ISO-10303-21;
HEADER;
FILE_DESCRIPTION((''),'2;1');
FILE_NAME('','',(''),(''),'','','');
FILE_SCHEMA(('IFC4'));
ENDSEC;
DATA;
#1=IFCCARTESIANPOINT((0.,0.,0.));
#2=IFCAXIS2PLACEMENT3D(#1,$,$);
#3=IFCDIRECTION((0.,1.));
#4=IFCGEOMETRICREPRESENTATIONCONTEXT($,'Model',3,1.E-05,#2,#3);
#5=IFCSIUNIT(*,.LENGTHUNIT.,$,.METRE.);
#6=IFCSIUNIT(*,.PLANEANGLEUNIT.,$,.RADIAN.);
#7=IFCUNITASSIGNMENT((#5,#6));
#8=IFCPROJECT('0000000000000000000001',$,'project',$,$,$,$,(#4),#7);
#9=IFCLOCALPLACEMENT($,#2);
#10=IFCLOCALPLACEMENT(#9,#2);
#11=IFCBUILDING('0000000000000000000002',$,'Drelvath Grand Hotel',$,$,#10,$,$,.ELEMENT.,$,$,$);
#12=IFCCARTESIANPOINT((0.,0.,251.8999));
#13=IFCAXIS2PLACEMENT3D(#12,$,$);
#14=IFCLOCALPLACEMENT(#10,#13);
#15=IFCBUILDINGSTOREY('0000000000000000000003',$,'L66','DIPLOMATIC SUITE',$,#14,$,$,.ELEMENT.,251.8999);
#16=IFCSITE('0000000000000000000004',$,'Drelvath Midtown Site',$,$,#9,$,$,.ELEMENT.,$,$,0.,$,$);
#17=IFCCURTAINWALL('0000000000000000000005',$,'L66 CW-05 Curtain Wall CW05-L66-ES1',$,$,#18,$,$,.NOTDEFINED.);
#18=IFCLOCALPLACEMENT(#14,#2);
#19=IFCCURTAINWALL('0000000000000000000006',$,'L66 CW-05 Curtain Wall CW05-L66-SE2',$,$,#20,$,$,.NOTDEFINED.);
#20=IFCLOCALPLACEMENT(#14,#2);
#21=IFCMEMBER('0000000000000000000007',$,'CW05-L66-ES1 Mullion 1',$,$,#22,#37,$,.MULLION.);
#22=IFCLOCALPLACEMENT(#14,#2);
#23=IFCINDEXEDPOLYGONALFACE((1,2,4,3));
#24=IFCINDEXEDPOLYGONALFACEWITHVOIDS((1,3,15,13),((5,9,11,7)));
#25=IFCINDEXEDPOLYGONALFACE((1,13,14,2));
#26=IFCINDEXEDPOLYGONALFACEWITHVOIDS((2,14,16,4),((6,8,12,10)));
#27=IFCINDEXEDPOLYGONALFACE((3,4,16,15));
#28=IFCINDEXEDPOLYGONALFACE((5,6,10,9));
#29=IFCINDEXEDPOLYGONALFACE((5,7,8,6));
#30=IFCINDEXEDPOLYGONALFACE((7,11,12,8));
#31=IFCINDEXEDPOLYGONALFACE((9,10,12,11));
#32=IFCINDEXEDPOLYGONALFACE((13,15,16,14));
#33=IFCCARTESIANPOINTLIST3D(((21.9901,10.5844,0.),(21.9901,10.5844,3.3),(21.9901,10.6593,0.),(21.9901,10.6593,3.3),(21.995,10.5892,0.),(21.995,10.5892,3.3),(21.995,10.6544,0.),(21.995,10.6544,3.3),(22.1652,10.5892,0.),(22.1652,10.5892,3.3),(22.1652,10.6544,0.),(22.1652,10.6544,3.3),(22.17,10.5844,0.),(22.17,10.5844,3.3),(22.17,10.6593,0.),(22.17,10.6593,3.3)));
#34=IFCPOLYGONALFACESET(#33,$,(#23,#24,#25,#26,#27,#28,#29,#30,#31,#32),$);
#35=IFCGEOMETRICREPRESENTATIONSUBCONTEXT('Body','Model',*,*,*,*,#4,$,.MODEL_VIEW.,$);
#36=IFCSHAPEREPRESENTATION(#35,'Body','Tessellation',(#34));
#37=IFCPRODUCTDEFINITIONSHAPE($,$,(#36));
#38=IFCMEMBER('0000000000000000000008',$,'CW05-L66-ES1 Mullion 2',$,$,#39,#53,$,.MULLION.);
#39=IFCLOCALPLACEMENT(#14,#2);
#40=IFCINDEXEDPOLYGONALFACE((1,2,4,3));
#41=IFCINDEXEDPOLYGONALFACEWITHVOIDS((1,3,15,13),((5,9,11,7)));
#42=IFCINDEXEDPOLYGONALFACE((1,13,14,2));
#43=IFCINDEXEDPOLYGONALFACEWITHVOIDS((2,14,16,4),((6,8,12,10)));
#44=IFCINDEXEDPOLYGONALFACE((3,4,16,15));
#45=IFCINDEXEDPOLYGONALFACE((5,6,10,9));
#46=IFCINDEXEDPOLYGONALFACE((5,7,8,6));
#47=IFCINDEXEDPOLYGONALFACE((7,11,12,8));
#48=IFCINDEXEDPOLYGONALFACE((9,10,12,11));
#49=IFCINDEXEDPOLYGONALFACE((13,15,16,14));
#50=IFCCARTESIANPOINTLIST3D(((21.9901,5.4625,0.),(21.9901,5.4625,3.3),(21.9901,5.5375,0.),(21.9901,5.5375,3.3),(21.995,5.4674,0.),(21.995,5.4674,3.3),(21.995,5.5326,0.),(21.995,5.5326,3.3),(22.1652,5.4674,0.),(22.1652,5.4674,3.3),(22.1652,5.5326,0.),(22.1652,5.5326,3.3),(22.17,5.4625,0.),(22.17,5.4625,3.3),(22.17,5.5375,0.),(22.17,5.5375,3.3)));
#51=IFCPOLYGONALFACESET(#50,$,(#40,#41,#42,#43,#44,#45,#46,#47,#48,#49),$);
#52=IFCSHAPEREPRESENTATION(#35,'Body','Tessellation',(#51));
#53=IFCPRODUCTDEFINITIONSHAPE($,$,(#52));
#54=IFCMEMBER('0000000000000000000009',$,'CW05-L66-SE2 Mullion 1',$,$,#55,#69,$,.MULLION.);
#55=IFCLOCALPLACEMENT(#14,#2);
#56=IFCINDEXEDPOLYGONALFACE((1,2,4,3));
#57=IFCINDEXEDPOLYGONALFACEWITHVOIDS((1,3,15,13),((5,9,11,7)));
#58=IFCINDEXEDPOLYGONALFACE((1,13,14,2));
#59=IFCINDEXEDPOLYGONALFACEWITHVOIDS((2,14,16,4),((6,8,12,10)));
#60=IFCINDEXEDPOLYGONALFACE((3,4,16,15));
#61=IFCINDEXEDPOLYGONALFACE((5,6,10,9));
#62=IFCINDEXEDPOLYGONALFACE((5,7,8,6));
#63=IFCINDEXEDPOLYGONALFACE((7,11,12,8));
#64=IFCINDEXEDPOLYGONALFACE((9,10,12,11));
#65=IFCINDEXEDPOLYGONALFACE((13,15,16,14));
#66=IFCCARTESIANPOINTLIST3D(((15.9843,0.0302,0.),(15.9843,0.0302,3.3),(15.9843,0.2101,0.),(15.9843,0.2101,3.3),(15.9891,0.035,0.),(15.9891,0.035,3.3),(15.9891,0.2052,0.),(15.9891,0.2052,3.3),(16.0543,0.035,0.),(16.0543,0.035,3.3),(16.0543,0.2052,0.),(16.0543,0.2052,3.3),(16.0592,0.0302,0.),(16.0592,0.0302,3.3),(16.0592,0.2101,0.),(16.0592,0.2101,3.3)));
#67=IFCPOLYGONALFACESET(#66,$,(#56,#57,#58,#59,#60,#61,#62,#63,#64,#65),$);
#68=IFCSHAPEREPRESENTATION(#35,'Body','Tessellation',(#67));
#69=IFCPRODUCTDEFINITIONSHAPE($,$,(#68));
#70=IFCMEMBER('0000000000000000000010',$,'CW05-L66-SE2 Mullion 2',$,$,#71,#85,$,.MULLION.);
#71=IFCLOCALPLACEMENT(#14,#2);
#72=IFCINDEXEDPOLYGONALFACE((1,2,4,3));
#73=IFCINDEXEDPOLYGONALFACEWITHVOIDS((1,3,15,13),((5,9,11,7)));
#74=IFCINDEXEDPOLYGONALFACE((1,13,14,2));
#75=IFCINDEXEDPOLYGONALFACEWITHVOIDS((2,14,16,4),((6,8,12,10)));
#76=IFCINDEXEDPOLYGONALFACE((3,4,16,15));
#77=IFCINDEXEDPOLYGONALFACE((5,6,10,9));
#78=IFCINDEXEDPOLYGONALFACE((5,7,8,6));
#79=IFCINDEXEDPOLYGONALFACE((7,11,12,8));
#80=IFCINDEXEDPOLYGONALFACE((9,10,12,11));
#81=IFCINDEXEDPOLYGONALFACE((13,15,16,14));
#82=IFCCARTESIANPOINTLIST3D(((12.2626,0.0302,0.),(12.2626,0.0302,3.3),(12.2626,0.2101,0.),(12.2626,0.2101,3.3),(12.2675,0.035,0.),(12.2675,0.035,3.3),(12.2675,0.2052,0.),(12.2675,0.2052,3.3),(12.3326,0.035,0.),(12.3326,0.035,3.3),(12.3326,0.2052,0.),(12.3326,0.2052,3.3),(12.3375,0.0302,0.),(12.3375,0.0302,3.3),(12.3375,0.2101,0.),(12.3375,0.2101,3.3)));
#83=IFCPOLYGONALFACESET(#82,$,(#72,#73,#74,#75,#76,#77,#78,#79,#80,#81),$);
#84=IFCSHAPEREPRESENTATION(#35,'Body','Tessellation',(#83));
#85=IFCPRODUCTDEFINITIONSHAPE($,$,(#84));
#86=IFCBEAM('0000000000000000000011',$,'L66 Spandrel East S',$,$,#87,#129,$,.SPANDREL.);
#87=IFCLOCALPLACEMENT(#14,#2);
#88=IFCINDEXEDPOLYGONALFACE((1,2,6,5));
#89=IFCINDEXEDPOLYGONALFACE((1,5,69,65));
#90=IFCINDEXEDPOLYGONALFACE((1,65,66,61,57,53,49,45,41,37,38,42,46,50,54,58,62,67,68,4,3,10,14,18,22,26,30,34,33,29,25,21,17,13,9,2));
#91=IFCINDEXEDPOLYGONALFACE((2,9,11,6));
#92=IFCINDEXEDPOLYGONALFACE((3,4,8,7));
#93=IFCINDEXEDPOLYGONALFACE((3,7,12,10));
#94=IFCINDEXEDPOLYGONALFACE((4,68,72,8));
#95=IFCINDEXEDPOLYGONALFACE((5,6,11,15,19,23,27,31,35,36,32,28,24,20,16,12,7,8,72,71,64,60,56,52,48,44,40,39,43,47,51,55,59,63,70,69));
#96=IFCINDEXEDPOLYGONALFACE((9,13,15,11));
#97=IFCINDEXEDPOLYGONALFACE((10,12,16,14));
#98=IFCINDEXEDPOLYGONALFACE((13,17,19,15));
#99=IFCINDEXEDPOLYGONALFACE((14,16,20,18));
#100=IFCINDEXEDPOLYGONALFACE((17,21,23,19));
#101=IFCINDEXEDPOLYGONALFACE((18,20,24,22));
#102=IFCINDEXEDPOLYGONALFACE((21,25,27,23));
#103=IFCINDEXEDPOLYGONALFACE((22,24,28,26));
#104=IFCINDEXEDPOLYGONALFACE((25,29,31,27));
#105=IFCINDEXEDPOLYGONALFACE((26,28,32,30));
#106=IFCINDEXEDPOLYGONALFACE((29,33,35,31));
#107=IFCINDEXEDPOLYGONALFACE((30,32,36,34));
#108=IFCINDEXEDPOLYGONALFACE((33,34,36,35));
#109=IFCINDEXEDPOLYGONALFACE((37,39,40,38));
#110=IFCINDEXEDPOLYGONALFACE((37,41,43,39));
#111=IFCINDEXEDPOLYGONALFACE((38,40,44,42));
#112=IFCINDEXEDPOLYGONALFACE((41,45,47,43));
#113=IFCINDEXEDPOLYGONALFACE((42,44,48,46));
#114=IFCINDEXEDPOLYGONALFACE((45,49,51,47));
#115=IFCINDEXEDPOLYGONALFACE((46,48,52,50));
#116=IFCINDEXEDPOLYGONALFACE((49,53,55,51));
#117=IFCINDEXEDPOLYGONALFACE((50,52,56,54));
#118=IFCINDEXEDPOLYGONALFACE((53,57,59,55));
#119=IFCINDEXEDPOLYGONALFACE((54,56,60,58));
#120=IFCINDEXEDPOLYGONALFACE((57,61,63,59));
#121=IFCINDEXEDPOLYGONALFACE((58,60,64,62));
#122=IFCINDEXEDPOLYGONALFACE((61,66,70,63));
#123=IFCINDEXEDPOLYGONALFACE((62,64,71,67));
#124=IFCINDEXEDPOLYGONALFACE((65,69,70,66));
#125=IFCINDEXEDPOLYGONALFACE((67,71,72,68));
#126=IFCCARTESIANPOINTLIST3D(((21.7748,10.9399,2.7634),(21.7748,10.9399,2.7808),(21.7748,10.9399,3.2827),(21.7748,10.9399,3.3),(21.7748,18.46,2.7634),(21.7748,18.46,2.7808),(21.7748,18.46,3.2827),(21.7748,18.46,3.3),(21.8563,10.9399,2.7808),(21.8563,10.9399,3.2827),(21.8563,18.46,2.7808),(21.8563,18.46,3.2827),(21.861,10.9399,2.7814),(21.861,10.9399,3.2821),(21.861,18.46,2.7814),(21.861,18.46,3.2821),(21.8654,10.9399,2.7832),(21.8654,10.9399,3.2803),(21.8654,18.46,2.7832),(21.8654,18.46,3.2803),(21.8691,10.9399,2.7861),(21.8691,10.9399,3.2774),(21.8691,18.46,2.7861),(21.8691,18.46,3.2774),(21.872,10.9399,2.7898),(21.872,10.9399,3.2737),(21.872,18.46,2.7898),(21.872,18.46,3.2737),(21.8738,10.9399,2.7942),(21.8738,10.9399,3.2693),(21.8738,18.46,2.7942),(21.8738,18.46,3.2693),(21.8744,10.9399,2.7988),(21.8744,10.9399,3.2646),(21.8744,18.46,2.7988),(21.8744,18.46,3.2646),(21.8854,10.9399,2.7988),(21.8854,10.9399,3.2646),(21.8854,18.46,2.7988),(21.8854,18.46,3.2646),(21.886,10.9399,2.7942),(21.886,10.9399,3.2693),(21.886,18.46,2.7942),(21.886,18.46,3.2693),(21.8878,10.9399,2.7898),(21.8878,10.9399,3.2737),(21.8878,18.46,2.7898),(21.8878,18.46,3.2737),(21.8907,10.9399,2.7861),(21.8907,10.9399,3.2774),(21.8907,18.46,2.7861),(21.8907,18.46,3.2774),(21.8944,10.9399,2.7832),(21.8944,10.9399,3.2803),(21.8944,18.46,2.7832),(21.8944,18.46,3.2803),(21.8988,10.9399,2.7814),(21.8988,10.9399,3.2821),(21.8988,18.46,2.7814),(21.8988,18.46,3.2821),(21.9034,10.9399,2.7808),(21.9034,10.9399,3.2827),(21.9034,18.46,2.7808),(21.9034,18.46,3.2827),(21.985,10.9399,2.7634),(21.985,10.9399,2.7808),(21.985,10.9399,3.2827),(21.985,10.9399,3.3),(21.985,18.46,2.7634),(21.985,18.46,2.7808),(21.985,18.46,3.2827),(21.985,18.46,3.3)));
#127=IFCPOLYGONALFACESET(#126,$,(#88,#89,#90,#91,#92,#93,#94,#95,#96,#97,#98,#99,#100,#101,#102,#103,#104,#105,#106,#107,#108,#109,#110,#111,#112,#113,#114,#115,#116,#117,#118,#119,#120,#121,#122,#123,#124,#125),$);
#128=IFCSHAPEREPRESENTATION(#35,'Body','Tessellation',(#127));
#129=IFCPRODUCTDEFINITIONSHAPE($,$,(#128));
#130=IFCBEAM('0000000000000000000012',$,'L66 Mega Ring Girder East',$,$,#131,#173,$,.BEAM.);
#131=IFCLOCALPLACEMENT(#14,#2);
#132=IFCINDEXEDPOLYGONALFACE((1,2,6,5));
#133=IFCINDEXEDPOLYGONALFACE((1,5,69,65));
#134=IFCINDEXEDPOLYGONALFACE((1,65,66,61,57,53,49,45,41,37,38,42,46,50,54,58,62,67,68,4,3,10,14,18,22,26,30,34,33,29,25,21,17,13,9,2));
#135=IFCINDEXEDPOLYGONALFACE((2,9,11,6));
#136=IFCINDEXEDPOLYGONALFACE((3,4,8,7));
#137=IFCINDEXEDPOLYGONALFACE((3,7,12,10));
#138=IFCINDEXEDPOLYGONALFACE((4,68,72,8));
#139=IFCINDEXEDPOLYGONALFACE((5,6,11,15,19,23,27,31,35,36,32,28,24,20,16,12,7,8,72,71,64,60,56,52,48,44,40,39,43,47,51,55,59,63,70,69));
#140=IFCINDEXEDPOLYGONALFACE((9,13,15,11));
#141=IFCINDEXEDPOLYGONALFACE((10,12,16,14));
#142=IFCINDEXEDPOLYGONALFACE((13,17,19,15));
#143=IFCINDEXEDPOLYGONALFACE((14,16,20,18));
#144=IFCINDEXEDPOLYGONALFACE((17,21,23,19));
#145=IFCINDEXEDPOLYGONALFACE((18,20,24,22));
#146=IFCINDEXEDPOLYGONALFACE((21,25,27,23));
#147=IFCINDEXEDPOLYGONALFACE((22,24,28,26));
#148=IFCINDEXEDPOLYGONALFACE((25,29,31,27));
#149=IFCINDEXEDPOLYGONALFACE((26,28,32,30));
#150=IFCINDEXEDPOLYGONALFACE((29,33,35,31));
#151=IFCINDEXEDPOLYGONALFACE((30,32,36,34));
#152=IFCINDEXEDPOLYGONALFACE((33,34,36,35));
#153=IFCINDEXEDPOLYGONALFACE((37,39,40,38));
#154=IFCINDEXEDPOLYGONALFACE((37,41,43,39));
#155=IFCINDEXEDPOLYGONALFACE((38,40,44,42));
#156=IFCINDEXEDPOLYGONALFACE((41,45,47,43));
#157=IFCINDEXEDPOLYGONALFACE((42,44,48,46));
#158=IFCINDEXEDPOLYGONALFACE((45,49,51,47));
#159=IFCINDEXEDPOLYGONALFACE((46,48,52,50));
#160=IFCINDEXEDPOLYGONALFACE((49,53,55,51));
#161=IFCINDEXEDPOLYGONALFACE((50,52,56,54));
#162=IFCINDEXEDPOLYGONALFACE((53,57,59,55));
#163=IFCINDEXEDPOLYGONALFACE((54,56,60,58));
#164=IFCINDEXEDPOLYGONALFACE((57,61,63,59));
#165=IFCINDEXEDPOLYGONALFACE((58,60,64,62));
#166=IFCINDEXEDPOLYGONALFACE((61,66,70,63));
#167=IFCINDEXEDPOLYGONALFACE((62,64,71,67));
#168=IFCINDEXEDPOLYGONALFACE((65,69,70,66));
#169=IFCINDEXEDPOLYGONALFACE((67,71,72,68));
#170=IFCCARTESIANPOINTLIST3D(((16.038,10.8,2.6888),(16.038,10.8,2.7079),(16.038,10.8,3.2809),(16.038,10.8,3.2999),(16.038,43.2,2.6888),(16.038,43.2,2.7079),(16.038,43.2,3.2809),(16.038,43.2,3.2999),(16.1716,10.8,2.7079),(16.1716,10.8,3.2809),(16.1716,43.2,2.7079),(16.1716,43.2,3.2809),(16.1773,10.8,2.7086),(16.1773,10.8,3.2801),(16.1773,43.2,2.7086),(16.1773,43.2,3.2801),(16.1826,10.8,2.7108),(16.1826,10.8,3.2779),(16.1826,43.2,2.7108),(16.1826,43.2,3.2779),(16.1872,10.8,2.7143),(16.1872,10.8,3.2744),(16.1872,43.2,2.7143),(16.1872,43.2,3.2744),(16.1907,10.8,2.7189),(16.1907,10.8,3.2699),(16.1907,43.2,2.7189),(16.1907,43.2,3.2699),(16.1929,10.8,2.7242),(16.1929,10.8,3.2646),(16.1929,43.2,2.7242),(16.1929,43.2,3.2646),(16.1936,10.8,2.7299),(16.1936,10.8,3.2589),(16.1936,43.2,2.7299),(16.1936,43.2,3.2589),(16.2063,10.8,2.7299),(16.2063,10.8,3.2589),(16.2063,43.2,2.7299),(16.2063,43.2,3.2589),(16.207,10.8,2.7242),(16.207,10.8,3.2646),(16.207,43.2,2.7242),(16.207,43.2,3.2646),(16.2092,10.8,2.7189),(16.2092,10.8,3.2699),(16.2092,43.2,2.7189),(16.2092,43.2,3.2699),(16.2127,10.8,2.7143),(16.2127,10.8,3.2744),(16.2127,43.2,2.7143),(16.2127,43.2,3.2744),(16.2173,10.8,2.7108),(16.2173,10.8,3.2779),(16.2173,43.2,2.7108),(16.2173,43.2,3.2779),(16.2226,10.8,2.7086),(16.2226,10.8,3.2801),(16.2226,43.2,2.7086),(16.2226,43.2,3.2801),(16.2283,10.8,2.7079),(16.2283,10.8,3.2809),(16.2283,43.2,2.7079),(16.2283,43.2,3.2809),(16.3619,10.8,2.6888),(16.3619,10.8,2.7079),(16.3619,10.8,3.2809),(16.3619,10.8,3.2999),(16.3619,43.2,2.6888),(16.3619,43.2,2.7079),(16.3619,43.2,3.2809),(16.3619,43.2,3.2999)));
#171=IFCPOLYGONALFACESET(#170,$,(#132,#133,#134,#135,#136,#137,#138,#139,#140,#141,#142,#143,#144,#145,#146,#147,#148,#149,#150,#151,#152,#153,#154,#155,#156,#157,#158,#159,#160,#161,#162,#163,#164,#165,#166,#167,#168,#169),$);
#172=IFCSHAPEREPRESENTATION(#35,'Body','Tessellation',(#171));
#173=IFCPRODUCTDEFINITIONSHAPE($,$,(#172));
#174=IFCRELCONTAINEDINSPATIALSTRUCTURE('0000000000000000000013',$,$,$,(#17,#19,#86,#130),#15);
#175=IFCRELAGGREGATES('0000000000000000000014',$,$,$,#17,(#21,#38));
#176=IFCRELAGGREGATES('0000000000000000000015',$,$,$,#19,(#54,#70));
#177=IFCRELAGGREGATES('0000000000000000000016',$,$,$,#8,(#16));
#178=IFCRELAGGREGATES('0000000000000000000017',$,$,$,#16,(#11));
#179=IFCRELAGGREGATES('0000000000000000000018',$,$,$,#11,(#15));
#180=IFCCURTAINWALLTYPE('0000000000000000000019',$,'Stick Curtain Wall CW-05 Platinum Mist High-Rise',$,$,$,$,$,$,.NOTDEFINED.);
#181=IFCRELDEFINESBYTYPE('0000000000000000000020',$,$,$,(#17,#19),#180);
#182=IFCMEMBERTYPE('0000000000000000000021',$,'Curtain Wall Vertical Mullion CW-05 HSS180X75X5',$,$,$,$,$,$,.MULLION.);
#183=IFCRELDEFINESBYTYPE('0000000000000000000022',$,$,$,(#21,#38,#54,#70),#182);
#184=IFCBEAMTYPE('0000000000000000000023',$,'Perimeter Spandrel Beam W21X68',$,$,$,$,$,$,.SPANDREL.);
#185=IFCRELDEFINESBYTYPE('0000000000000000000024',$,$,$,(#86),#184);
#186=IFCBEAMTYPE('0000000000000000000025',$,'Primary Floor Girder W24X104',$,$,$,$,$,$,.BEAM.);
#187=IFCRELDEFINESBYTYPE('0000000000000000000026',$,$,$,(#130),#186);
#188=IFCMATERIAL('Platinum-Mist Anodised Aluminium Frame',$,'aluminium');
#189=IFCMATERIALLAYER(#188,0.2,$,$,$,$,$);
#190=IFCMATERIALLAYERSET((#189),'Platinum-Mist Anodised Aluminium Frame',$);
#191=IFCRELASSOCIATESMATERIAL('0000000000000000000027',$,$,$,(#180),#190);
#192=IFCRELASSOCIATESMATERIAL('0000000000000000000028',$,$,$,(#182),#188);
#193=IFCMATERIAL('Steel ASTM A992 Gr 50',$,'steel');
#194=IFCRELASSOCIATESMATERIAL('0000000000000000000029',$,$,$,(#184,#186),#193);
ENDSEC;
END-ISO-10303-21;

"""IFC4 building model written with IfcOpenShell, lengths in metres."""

from ifc_helpers import new_model, si_unit, direction, frame, origin, origin_2d, place, context, subcontext, project, spatial, hollow_rectangle, i_section, extrude, material, layer, layer_set, material_profile, profile_set, type_object, element, aggregate, save


model = new_model("IFC4")

# Units and contexts
model_context = context("Model", 3, precision=1e-05, world=origin(), true_north=direction((0.0, 1.0)))
body_context = subcontext(model_context, "Body", "Model", "MODEL_VIEW")
ifc_project = project(units=[si_unit("LENGTHUNIT", "METRE"), si_unit("PLANEANGLEUNIT", "RADIAN")], contexts=[model_context])

# Site, building, storey
site_placement = place(None, origin())
site = spatial("IfcSite", under=ifc_project, at=site_placement, Name="Drelvath Midtown Site", CompositionType="ELEMENT", RefElevation=0.0)
building_placement = place(site_placement, origin())
building = spatial("IfcBuilding", under=site, at=building_placement, Name="Drelvath Grand Hotel", CompositionType="ELEMENT")
storey_placement = place(building_placement, frame((0.0, 0.0, 251.8999)))
storey = spatial("IfcBuildingStorey", under=building, at=storey_placement, Name="L66", Description="DIPLOMATIC SUITE", CompositionType="ELEMENT", Elevation=251.8999)

# Shared definitions
ifc_material_1 = material(Name="Steel ASTM A992 Gr 50", Category="steel")

# Curtain walls
ifc_material_2 = material(Name="Platinum-Mist Anodised Aluminium Frame", Category="aluminium")
ifc_layer_1 = layer(ifc_material_2, 0.2)
ifc_layer_set_1 = layer_set([ifc_layer_1], Name="Platinum-Mist Anodised Aluminium Frame")
curtain_wall_type = type_object("IfcCurtainWallType", Name="Stick Curtain Wall CW-05 Platinum Mist High-Rise", PredefinedType="NOTDEFINED", material=ifc_layer_set_1)
curtain_wall_1_placement = place(storey_placement, origin())
curtain_wall_1 = element("IfcCurtainWall", 1, at=curtain_wall_1_placement, inside=storey, type_object=curtain_wall_type, Name="L66 CW-05 Curtain Wall CW05-L66-ES1", PredefinedType="NOTDEFINED")
curtain_wall_2_placement = place(storey_placement, origin())
curtain_wall_2 = element("IfcCurtainWall", 2, at=curtain_wall_2_placement, inside=storey, type_object=curtain_wall_type, Name="L66 CW-05 Curtain Wall CW05-L66-SE2", PredefinedType="NOTDEFINED")

# Members
ifc_material_profile_1 = material_profile(ifc_material_2, hollow_rectangle(XDim=0.075, YDim=0.1799, WallThickness=0.0049, at=origin_2d()), Name="HSS180X75X5")
ifc_profile_set_1 = profile_set([ifc_material_profile_1], Name="Platinum-Mist Anodised Aluminium Frame")
member_type_1 = type_object("IfcMemberType", Name="Curtain Wall Vertical Mullion CW-05 HSS180X75X5", PredefinedType="MULLION", material=ifc_profile_set_1)
member_1_placement = place(storey_placement, frame((22.0801, 10.6218, 0.0), z_axis=(0.0, 0.0, 1.0), x_axis=(0.0, 1.0, 0.0)))
member_1 = element("IfcMember", 3, at=member_1_placement, type_object=member_type_1, Name="CW05-L66-ES1 Mullion 1", PredefinedType="MULLION", context=body_context, shape_type="SweptSolid", body=[
    extrude(hollow_rectangle(XDim=0.075, YDim=0.1799, WallThickness=0.0049, at=origin_2d()), origin(), (0.0, 0.0, 1.0), 3.3),
])
member_2_placement = place(storey_placement, frame((22.0801, 5.5, 0.0), z_axis=(0.0, 0.0, 1.0), x_axis=(0.0, 1.0, 0.0)))
member_2 = element("IfcMember", 4, at=member_2_placement, type_object=member_type_1, Name="CW05-L66-ES1 Mullion 2", PredefinedType="MULLION", context=body_context, shape_type="SweptSolid", body=[
    extrude(hollow_rectangle(XDim=0.075, YDim=0.1799, WallThickness=0.0049, at=origin_2d()), origin(), (0.0, 0.0, 1.0), 3.3),
])
member_3_placement = place(storey_placement, frame((16.0217, 0.1201, 0.0), z_axis=(0.0, 0.0, 1.0), x_axis=(1.0, 0.0, 0.0)))
member_3 = element("IfcMember", 5, at=member_3_placement, type_object=member_type_1, Name="CW05-L66-SE2 Mullion 1", PredefinedType="MULLION", context=body_context, shape_type="SweptSolid", body=[
    extrude(hollow_rectangle(XDim=0.075, YDim=0.1799, WallThickness=0.0049, at=origin_2d()), origin(), (0.0, 0.0, 1.0), 3.3),
])
member_4_placement = place(storey_placement, frame((12.3, 0.1201, 0.0), z_axis=(0.0, 0.0, 1.0), x_axis=(1.0, 0.0, 0.0)))
member_4 = element("IfcMember", 6, at=member_4_placement, type_object=member_type_1, Name="CW05-L66-SE2 Mullion 2", PredefinedType="MULLION", context=body_context, shape_type="SweptSolid", body=[
    extrude(hollow_rectangle(XDim=0.075, YDim=0.1799, WallThickness=0.0049, at=origin_2d()), origin(), (0.0, 0.0, 1.0), 3.3),
])

# Beams
ifc_material_profile_2 = material_profile(ifc_material_1, i_section(OverallWidth=0.2102, OverallDepth=0.5366, WebThickness=0.011, FlangeThickness=0.0173, FilletRadius=0.0181, at=origin_2d()), Name="W21X68")
ifc_profile_set_2 = profile_set([ifc_material_profile_2], Name="Steel ASTM A992 Gr 50")
beam_type_1 = type_object("IfcBeamType", Name="Perimeter Spandrel Beam W21X68", PredefinedType="SPANDREL", material=ifc_profile_set_2)
beam_1_placement = place(storey_placement, frame((21.8799, 10.9399, 3.0317), z_axis=(0.0, 1.0, 0.0), x_axis=(-1.0, 0.0, 0.0)))
element("IfcBeam", 7, at=beam_1_placement, inside=storey, type_object=beam_type_1, Name="L66 Spandrel East S", PredefinedType="SPANDREL", context=body_context, shape_type="SweptSolid", body=[
    extrude(i_section(OverallWidth=0.2102, OverallDepth=0.5366, WebThickness=0.011, FlangeThickness=0.0173, FilletRadius=0.0181, at=origin_2d()), origin(), (0.0, 0.0, 1.0), 7.52),
])
ifc_material_profile_3 = material_profile(ifc_material_1, i_section(OverallWidth=0.324, OverallDepth=0.6111, WebThickness=0.0127, FlangeThickness=0.019, FilletRadius=0.022, at=origin_2d()), Name="W24X104")
ifc_profile_set_3 = profile_set([ifc_material_profile_3], Name="Steel ASTM A992 Gr 50")
beam_type_2 = type_object("IfcBeamType", Name="Primary Floor Girder W24X104", PredefinedType="BEAM", material=ifc_profile_set_3)
beam_2_placement = place(storey_placement, frame((16.2, 10.8, 2.9944), z_axis=(0.0, 1.0, 0.0), x_axis=(-1.0, 0.0, 0.0)))
element("IfcBeam", 8, at=beam_2_placement, inside=storey, type_object=beam_type_2, Name="L66 Mega Ring Girder East", PredefinedType="BEAM", context=body_context, shape_type="SweptSolid", body=[
    extrude(i_section(OverallWidth=0.324, OverallDepth=0.6111, WebThickness=0.0127, FlangeThickness=0.019, FilletRadius=0.022, at=origin_2d()), origin(), (0.0, 0.0, 1.0), 32.3999),
])

aggregate(curtain_wall_1, [member_1, member_2])
aggregate(curtain_wall_2, [member_3, member_4])

save(model, "model.ifc")
